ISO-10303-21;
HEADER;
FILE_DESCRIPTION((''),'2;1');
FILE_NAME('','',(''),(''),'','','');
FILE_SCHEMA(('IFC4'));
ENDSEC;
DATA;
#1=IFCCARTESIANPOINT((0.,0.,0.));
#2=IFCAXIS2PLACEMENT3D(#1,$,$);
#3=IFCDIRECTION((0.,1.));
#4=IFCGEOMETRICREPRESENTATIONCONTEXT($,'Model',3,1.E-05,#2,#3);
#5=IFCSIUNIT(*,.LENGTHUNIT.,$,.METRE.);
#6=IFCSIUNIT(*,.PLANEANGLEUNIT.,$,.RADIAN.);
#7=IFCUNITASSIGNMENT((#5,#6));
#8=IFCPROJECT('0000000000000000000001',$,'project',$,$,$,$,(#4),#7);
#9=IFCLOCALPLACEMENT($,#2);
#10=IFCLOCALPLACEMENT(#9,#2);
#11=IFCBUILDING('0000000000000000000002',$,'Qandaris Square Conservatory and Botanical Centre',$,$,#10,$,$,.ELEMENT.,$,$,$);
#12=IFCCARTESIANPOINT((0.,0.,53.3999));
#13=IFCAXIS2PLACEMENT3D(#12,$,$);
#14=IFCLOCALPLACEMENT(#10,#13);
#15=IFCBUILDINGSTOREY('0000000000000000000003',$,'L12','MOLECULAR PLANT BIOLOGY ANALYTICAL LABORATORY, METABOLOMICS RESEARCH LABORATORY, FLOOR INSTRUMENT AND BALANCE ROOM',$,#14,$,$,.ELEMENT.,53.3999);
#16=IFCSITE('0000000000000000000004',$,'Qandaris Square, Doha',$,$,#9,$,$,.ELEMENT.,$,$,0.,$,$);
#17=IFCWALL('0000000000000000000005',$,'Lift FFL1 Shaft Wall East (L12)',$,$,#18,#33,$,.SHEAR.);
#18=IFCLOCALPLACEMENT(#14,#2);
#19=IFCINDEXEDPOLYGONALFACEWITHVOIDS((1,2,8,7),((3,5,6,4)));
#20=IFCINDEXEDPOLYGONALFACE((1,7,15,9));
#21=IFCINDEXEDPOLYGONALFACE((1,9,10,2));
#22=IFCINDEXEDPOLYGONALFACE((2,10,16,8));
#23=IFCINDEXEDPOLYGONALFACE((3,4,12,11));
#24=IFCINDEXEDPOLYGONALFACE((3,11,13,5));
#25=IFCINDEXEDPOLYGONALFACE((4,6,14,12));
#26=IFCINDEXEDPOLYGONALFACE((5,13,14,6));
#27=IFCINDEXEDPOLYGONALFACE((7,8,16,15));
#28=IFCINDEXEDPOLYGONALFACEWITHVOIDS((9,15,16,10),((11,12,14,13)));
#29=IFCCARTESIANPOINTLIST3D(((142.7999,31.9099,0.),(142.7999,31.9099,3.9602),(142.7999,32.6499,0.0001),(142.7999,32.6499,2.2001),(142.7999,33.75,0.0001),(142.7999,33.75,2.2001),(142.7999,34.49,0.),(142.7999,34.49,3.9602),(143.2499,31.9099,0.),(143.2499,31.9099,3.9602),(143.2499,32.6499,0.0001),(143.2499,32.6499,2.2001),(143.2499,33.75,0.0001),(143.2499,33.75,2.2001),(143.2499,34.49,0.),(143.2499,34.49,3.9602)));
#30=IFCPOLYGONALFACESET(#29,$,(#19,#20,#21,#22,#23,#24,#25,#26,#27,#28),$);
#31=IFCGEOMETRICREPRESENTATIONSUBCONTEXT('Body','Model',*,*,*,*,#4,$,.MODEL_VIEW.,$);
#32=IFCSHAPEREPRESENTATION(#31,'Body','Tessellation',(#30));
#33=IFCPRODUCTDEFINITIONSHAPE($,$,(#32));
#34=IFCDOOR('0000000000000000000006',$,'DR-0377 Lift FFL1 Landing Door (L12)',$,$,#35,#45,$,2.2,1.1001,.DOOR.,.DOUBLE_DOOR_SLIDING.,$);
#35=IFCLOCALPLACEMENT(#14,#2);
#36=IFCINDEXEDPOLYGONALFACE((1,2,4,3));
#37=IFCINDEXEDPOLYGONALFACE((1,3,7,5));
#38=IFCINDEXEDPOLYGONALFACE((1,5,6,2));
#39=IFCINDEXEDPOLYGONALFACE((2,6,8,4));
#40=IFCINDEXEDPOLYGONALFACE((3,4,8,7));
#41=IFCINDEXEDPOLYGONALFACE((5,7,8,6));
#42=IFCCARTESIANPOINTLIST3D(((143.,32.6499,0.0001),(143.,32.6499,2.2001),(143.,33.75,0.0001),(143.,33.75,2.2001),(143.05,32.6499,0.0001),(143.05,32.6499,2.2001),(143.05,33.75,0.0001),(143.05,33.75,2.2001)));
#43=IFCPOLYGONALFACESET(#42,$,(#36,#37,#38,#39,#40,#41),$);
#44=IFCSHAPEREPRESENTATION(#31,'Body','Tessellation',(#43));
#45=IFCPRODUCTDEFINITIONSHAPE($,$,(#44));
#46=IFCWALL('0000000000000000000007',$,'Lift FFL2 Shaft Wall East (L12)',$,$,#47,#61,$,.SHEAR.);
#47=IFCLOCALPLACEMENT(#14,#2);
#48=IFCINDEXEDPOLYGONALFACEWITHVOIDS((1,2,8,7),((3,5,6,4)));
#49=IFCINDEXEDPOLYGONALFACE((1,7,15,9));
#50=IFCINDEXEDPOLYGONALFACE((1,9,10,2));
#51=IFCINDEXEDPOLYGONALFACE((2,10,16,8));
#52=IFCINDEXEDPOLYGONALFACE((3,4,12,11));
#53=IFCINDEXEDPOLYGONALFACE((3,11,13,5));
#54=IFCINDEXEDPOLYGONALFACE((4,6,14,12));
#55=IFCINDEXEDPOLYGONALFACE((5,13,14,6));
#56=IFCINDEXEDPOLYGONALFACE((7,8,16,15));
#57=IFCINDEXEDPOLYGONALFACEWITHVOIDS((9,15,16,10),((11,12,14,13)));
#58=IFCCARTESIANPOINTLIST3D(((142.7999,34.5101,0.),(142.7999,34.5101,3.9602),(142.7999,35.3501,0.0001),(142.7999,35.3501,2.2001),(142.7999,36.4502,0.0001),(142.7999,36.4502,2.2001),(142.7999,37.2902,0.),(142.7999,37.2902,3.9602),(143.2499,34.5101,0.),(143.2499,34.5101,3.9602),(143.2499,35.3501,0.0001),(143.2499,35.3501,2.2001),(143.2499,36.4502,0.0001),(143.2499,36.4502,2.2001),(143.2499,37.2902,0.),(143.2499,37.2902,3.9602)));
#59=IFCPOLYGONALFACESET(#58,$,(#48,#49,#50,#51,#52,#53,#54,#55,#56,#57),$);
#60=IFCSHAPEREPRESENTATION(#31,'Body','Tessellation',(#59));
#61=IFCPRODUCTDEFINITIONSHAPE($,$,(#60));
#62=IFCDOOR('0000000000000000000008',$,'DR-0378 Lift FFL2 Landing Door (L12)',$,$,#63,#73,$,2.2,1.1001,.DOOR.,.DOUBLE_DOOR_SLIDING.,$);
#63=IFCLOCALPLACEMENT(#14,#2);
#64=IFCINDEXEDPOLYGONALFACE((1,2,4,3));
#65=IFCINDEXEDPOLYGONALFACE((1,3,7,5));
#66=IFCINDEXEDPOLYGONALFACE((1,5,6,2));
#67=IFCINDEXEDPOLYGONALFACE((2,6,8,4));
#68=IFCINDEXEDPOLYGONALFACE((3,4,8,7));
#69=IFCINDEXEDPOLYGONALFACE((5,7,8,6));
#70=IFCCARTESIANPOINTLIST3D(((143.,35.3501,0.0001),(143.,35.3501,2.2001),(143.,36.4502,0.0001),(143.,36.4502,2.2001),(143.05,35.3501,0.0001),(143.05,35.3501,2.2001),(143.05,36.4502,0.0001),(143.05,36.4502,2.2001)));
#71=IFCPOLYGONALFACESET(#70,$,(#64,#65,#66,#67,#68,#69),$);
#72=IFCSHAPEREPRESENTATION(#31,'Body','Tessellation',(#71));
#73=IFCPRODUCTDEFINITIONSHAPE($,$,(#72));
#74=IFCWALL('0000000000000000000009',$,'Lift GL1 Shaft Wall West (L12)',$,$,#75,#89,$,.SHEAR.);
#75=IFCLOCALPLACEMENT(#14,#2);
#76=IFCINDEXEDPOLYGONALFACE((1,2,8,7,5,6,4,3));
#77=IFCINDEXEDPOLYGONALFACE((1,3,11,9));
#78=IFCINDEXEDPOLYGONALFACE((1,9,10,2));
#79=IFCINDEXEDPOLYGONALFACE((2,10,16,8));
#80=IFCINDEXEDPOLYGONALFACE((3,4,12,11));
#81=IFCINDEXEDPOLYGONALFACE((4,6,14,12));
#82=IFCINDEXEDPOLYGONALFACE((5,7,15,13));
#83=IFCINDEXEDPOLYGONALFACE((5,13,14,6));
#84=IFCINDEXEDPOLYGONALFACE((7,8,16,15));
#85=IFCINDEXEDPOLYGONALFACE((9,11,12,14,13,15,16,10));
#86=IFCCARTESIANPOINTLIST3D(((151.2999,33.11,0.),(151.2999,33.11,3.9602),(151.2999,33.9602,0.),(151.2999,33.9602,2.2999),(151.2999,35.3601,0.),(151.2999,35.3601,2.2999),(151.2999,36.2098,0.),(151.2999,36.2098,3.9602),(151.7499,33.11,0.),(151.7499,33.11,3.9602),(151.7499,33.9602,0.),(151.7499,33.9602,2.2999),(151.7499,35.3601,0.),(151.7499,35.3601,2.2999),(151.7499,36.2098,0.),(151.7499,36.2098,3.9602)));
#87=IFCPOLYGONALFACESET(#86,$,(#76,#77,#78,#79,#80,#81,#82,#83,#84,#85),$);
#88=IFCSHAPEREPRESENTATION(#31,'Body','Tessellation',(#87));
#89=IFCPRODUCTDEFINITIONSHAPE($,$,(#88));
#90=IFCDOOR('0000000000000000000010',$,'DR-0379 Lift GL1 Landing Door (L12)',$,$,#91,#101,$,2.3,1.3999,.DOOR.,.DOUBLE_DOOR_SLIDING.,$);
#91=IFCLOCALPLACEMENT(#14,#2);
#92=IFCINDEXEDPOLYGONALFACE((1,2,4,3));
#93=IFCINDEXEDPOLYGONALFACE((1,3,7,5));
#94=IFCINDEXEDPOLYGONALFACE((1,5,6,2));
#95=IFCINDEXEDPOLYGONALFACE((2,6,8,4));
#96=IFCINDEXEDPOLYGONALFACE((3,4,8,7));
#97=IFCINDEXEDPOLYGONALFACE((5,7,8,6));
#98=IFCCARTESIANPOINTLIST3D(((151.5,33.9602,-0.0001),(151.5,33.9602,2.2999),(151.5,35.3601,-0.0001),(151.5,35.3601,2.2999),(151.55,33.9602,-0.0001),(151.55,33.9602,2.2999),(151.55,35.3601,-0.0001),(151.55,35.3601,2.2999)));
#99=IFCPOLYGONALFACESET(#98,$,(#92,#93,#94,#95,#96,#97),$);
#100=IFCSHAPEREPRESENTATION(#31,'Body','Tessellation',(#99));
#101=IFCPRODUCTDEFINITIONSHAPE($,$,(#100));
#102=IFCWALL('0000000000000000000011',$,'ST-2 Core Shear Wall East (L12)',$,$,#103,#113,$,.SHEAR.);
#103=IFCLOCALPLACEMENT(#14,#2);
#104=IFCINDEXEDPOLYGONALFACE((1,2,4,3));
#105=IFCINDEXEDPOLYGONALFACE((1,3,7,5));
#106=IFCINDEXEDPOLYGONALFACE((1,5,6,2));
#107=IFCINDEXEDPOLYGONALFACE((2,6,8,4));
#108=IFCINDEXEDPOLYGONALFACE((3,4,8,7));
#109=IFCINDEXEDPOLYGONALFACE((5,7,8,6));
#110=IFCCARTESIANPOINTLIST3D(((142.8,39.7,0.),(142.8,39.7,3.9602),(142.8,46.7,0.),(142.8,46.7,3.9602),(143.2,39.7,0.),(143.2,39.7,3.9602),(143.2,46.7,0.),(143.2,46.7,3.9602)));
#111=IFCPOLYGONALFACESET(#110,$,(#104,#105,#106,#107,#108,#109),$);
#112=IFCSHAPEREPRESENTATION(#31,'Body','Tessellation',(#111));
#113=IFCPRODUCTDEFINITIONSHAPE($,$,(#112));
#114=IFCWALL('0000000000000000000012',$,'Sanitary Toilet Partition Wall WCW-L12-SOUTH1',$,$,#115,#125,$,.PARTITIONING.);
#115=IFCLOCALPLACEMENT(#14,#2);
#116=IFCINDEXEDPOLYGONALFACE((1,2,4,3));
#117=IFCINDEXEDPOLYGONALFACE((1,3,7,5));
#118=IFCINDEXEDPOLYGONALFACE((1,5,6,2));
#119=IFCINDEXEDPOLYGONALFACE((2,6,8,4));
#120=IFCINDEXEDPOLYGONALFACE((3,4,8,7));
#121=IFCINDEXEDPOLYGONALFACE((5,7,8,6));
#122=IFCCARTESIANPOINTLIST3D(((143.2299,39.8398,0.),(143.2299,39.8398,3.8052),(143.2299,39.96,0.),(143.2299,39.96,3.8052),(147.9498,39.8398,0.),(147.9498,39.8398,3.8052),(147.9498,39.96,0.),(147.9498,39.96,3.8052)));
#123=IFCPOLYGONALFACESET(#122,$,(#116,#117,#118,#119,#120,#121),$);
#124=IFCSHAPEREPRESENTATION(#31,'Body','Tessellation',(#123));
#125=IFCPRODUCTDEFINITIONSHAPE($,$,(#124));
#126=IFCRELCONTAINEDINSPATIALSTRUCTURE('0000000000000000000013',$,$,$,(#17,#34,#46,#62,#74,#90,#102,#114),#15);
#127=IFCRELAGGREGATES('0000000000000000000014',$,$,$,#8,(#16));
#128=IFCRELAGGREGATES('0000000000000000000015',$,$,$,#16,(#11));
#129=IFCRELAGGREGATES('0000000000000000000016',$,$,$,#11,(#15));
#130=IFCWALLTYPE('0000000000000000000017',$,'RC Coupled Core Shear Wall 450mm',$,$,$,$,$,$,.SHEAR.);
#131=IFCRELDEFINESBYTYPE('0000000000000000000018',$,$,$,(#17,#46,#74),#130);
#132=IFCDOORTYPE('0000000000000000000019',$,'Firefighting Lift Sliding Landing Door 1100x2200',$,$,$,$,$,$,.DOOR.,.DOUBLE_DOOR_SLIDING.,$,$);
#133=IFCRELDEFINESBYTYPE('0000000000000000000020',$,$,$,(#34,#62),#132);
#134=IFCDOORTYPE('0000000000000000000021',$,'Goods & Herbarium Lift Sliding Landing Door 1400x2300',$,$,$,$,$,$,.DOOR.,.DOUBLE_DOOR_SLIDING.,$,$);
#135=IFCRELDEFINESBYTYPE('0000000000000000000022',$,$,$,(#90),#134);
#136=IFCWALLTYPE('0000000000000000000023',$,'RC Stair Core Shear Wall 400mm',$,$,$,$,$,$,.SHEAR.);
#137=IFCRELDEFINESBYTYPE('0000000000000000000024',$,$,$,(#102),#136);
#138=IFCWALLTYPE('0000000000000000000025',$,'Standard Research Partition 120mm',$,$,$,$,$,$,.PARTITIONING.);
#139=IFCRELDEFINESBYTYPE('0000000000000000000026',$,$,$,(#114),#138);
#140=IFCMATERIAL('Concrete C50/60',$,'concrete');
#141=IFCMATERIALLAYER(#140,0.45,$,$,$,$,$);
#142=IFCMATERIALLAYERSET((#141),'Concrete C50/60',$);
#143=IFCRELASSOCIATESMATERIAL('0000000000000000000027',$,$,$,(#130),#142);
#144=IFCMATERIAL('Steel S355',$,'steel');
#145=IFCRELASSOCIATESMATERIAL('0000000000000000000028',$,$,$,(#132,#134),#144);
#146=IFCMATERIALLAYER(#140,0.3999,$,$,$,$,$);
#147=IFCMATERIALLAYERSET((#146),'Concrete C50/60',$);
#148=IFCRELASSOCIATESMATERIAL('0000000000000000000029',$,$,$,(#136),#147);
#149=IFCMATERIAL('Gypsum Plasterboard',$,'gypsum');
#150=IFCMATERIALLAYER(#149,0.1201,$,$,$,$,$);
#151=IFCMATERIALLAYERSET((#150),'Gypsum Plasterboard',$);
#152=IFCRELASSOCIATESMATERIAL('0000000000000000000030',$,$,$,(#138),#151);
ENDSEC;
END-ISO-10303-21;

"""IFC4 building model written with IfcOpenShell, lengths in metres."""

from ifc_helpers import new_model, si_unit, direction, frame, frame_2d, origin, place, context, subcontext, project, spatial, rectangle, extrude, material, layer, layer_set, type_object, element, fill, save


model = new_model("IFC4")

# Units and contexts
model_context = context("Model", 3, precision=1e-05, world=origin(), true_north=direction((0.0, 1.0)))
body_context = subcontext(model_context, "Body", "Model", "MODEL_VIEW")
ifc_project = project(units=[si_unit("LENGTHUNIT", "METRE"), si_unit("PLANEANGLEUNIT", "RADIAN")], contexts=[model_context])

# Site, building, storey
site_placement = place(None, origin())
site = spatial("IfcSite", under=ifc_project, at=site_placement, Name="Qandaris Square, Doha", CompositionType="ELEMENT", RefElevation=0.0)
building_placement = place(site_placement, origin())
building = spatial("IfcBuilding", under=site, at=building_placement, Name="Qandaris Square Conservatory and Botanical Centre", CompositionType="ELEMENT")
storey_placement = place(building_placement, frame((0.0, 0.0, 53.3999)))
storey = spatial("IfcBuildingStorey", under=building, at=storey_placement, Name="L12", Description="MOLECULAR PLANT BIOLOGY ANALYTICAL LABORATORY, METABOLOMICS RESEARCH LABORATORY, FLOOR INSTRUMENT AND BALANCE ROOM", CompositionType="ELEMENT", Elevation=53.3999)

# Shared definitions
ifc_material_1 = material(Name="Concrete C50/60", Category="concrete")

# Shared definitions
ifc_material_2 = material(Name="Steel S355", Category="steel")

# Shared definitions
ifc_material_3 = material(Name="Gypsum Plasterboard", Category="gypsum")

# Walls, openings, doors
ifc_layer_1 = layer(ifc_material_1, 0.45)
ifc_layer_set_1 = layer_set([ifc_layer_1], Name="Concrete C50/60")
wall_type_1 = type_object("IfcWallType", Name="RC Coupled Core Shear Wall 450mm", PredefinedType="SHEAR", material=ifc_layer_set_1)
wall_1_placement = place(storey_placement, frame((143.0249, 31.9099, 0.0), z_axis=(0.0, 0.0, 1.0), x_axis=(0.0, 1.0, 0.0)))
wall_1 = element("IfcWall", 1, at=wall_1_placement, inside=storey, type_object=wall_type_1, Name="Lift FFL1 Shaft Wall East (L12)", PredefinedType="SHEAR", context=body_context, shape_type="SweptSolid", body=[
    extrude(rectangle(XDim=2.5801, YDim=0.45, at=frame_2d((1.29, 0.0))), origin(), (0.0, 0.0, 1.0), 3.9602),
])
opening_1_placement = place(wall_1_placement, frame((0.74, 0.0, 0.0)))
opening_1 = element("IfcOpeningElement", 2, at=opening_1_placement, cuts=wall_1, PredefinedType="OPENING", context=body_context, shape_type="SweptSolid", body=[
    extrude(rectangle(XDim=1.1001, YDim=2.2, at=frame_2d((0.55, 1.1001))), frame((0.0, 0.2368, 0.0), z_axis=(0.0, -1.0, 0.0), x_axis=(1.0, 0.0, 0.0)), (0.0, 0.0, 1.0), 0.4739),
])
door_type_1 = type_object("IfcDoorType", Name="Firefighting Lift Sliding Landing Door 1100x2200", OperationType="DOUBLE_DOOR_SLIDING", PredefinedType="DOOR", material=ifc_material_2)
door_1_placement = place(opening_1_placement, origin())
door_1 = element("IfcDoor", 3, at=door_1_placement, inside=storey, type_object=door_type_1, Name="DR-0377 Lift FFL1 Landing Door (L12)", OperationType="DOUBLE_DOOR_SLIDING", OverallHeight=2.2, OverallWidth=1.1001, PredefinedType="DOOR", context=body_context, shape_type="SweptSolid", body=[
    extrude(rectangle(XDim=1.1001, YDim=2.2, at=frame_2d((0.55, 1.1001))), frame((0.0, 0.0249, 0.0), z_axis=(0.0, -1.0, 0.0), x_axis=(1.0, 0.0, 0.0)), (0.0, 0.0, 1.0), 0.05),
])
fill(opening_1, door_1)
wall_2_placement = place(storey_placement, frame((143.0249, 34.51, 0.0), z_axis=(0.0, 0.0, 1.0), x_axis=(0.0, 1.0, 0.0)))
wall_2 = element("IfcWall", 4, at=wall_2_placement, inside=storey, type_object=wall_type_1, Name="Lift FFL2 Shaft Wall East (L12)", PredefinedType="SHEAR", context=body_context, shape_type="SweptSolid", body=[
    extrude(rectangle(XDim=2.78, YDim=0.45, at=frame_2d((1.3901, 0.0))), origin(), (0.0, 0.0, 1.0), 3.9602),
])
opening_2_placement = place(wall_2_placement, frame((0.8401, 0.0, 0.0)))
opening_2 = element("IfcOpeningElement", 5, at=opening_2_placement, cuts=wall_2, PredefinedType="OPENING", context=body_context, shape_type="SweptSolid", body=[
    extrude(rectangle(XDim=1.1001, YDim=2.2, at=frame_2d((0.55, 1.1001))), frame((0.0, 0.2368, 0.0), z_axis=(0.0, -1.0, 0.0), x_axis=(1.0, 0.0, 0.0)), (0.0, 0.0, 1.0), 0.4739),
])
door_2_placement = place(opening_2_placement, origin())
door_2 = element("IfcDoor", 6, at=door_2_placement, inside=storey, type_object=door_type_1, Name="DR-0378 Lift FFL2 Landing Door (L12)", OperationType="DOUBLE_DOOR_SLIDING", OverallHeight=2.2, OverallWidth=1.1001, PredefinedType="DOOR", context=body_context, shape_type="SweptSolid", body=[
    extrude(rectangle(XDim=1.1001, YDim=2.2, at=frame_2d((0.55, 1.1001))), frame((0.0, 0.0249, 0.0), z_axis=(0.0, -1.0, 0.0), x_axis=(1.0, 0.0, 0.0)), (0.0, 0.0, 1.0), 0.05),
])
fill(opening_2, door_2)
wall_3_placement = place(storey_placement, frame((151.5249, 33.1101, 0.0), z_axis=(0.0, 0.0, 1.0), x_axis=(0.0, 1.0, 0.0)))
wall_3 = element("IfcWall", 7, at=wall_3_placement, inside=storey, type_object=wall_type_1, Name="Lift GL1 Shaft Wall West (L12)", PredefinedType="SHEAR", context=body_context, shape_type="SweptSolid", body=[
    extrude(rectangle(XDim=3.0999, YDim=0.45, at=frame_2d((1.5498, 0.0))), origin(), (0.0, 0.0, 1.0), 3.9602),
])
opening_3_placement = place(wall_3_placement, frame((0.8501, 0.0, 0.0)))
opening_3 = element("IfcOpeningElement", 8, at=opening_3_placement, cuts=wall_3, PredefinedType="OPENING", context=body_context, shape_type="SweptSolid", body=[
    extrude(rectangle(XDim=1.3999, YDim=2.3, at=frame_2d((0.7, 1.1499))), frame((0.0, 0.2368, 0.0), z_axis=(0.0, -1.0, 0.0), x_axis=(1.0, 0.0, 0.0)), (0.0, 0.0, 1.0), 0.4739),
])
door_type_2 = type_object("IfcDoorType", Name="Goods & Herbarium Lift Sliding Landing Door 1400x2300", OperationType="DOUBLE_DOOR_SLIDING", PredefinedType="DOOR", material=ifc_material_2)
door_3_placement = place(opening_3_placement, origin())
door_3 = element("IfcDoor", 9, at=door_3_placement, inside=storey, type_object=door_type_2, Name="DR-0379 Lift GL1 Landing Door (L12)", OperationType="DOUBLE_DOOR_SLIDING", OverallHeight=2.3, OverallWidth=1.3999, PredefinedType="DOOR", context=body_context, shape_type="SweptSolid", body=[
    extrude(rectangle(XDim=1.3999, YDim=2.3, at=frame_2d((0.7, 1.1499))), frame((0.0, 0.0249, 0.0), z_axis=(0.0, -1.0, 0.0), x_axis=(1.0, 0.0, 0.0)), (0.0, 0.0, 1.0), 0.05),
])
fill(opening_3, door_3)

# Walls
ifc_layer_2 = layer(ifc_material_1, 0.3999)
ifc_layer_set_2 = layer_set([ifc_layer_2], Name="Concrete C50/60")
wall_type_2 = type_object("IfcWallType", Name="RC Stair Core Shear Wall 400mm", PredefinedType="SHEAR", material=ifc_layer_set_2)
wall_4_placement = place(storey_placement, frame((143.0, 39.7, 0.0), z_axis=(0.0, 0.0, 1.0), x_axis=(0.0, 1.0, 0.0)))
element("IfcWall", 10, at=wall_4_placement, inside=storey, type_object=wall_type_2, Name="ST-2 Core Shear Wall East (L12)", PredefinedType="SHEAR", context=body_context, shape_type="SweptSolid", body=[
    extrude(rectangle(XDim=7.0, YDim=0.3999, at=frame_2d((3.5, 0.0))), origin(), (0.0, 0.0, 1.0), 3.9602),
])
ifc_layer_3 = layer(ifc_material_3, 0.1201)
ifc_layer_set_3 = layer_set([ifc_layer_3], Name="Gypsum Plasterboard")
wall_type_3 = type_object("IfcWallType", Name="Standard Research Partition 120mm", PredefinedType="PARTITIONING", material=ifc_layer_set_3)
wall_5_placement = place(storey_placement, frame((143.23, 39.8999, 0.0), z_axis=(0.0, 0.0, 1.0), x_axis=(1.0, 0.0, 0.0)))
element("IfcWall", 11, at=wall_5_placement, inside=storey, type_object=wall_type_3, Name="Sanitary Toilet Partition Wall WCW-L12-SOUTH1", PredefinedType="PARTITIONING", context=body_context, shape_type="SweptSolid", body=[
    extrude(rectangle(XDim=4.72, YDim=0.1201, at=frame_2d((2.3599, 0.0))), origin(), (0.0, 0.0, 1.0), 3.8052),
])

save(model, "model.ifc")
